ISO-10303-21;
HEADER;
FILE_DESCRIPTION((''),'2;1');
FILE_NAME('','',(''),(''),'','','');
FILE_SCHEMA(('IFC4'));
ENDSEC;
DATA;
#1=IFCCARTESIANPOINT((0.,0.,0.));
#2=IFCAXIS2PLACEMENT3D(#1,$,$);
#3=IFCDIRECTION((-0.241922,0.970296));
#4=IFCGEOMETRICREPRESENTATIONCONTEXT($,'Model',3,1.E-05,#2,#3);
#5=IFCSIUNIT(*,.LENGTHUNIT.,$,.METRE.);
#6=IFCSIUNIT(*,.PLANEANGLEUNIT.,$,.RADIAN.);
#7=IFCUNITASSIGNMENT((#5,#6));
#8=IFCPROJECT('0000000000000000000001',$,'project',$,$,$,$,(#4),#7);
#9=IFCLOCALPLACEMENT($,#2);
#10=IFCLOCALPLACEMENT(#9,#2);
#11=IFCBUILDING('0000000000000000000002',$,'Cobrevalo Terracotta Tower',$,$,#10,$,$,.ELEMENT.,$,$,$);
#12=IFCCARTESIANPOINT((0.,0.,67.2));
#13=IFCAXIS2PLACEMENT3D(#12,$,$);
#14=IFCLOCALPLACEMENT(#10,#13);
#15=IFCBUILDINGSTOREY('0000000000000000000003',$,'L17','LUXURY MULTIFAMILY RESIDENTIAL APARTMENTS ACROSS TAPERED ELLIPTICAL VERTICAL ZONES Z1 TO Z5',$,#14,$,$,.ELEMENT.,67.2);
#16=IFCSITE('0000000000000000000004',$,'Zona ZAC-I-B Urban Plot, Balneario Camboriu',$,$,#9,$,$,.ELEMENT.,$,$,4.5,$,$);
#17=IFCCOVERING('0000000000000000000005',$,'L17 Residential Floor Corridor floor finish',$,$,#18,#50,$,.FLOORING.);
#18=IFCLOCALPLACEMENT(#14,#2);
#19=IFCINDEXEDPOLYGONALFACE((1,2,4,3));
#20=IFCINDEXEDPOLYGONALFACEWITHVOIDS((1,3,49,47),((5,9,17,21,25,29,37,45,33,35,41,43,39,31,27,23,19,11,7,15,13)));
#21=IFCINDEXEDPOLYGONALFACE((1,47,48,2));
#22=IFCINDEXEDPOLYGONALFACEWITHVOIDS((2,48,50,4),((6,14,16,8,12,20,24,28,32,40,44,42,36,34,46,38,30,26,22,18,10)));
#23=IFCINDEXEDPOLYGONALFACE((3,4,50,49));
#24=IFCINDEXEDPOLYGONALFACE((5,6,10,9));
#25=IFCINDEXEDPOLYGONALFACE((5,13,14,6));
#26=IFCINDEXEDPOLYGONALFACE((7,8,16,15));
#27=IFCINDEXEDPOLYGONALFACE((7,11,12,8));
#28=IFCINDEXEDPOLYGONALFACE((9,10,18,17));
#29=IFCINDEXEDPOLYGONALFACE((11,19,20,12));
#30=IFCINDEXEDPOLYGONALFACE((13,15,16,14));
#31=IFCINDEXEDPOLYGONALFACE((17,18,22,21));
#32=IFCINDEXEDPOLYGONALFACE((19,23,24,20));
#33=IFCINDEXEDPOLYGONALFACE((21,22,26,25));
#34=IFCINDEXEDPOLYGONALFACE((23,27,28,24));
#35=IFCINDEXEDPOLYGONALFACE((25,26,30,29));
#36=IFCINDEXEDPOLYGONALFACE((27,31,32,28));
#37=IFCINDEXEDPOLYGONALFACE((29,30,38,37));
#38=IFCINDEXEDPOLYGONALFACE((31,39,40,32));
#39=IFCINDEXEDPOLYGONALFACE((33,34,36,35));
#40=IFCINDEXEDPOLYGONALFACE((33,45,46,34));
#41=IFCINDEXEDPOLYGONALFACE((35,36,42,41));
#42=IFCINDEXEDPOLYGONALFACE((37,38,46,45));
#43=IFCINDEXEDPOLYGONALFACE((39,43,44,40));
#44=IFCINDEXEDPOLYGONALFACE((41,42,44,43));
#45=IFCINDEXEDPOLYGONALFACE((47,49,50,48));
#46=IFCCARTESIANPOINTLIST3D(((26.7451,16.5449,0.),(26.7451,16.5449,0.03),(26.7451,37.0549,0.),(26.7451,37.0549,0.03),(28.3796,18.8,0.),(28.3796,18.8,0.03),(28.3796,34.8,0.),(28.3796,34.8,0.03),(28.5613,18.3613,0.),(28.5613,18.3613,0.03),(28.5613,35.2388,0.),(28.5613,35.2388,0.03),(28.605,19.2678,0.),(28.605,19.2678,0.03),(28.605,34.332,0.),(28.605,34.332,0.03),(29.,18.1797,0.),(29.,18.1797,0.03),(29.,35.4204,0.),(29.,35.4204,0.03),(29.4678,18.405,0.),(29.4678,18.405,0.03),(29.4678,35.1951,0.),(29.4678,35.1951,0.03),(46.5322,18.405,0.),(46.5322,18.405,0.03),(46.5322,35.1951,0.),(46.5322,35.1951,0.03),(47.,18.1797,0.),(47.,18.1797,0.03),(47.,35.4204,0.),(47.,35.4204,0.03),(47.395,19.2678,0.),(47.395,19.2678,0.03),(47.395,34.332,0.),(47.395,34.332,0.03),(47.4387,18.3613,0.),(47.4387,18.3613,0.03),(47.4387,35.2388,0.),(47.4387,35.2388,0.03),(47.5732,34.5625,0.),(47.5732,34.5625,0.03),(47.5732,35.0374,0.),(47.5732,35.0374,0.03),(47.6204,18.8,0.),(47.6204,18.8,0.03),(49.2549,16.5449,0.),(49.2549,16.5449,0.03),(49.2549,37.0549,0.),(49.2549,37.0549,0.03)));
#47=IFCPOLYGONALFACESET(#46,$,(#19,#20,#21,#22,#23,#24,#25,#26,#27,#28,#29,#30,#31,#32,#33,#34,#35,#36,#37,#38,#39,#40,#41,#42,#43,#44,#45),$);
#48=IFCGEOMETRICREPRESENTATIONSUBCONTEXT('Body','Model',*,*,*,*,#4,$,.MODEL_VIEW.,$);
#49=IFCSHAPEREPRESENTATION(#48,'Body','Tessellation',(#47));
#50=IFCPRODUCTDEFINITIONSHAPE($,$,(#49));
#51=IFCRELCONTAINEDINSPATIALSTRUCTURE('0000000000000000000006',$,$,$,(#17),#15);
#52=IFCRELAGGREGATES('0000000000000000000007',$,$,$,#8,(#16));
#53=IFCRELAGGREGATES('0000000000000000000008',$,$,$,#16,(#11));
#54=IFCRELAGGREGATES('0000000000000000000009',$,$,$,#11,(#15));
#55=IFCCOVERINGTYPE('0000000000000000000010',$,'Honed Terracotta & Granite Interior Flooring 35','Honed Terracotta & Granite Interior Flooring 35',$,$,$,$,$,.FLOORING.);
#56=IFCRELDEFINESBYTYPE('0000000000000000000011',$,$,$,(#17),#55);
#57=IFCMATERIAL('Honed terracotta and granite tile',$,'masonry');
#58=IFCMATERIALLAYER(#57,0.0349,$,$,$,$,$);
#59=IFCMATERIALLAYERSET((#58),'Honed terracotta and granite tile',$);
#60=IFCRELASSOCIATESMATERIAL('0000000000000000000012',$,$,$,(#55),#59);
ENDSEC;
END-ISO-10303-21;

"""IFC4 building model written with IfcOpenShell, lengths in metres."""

from ifc_helpers import new_model, si_unit, direction, frame, origin, place, context, subcontext, project, spatial, polyline, outline, extrude, material, layer, layer_set, type_object, element, save


model = new_model("IFC4")

# Units and contexts
model_context = context("Model", 3, precision=1e-05, world=origin(), true_north=direction((-0.241922, 0.970296)))
body_context = subcontext(model_context, "Body", "Model", "MODEL_VIEW")
ifc_project = project(units=[si_unit("LENGTHUNIT", "METRE"), si_unit("PLANEANGLEUNIT", "RADIAN")], contexts=[model_context])

# Site, building, storey
site_placement = place(None, origin())
site = spatial("IfcSite", under=ifc_project, at=site_placement, Name="Zona ZAC-I-B Urban Plot, Balneario Camboriu", CompositionType="ELEMENT", RefElevation=4.5)
building_placement = place(site_placement, origin())
building = spatial("IfcBuilding", under=site, at=building_placement, Name="Cobrevalo Terracotta Tower", CompositionType="ELEMENT")
storey_placement = place(building_placement, frame((0.0, 0.0, 67.2)))
storey = spatial("IfcBuildingStorey", under=building, at=storey_placement, Name="L17", Description="LUXURY MULTIFAMILY RESIDENTIAL APARTMENTS ACROSS TAPERED ELLIPTICAL VERTICAL ZONES Z1 TO Z5", CompositionType="ELEMENT", Elevation=67.2)

# Covering
ifc_material_1 = material(Name="Honed terracotta and granite tile", Category="masonry")
ifc_layer_1 = layer(ifc_material_1, 0.0349)
ifc_layer_set_1 = layer_set([ifc_layer_1], Name="Honed terracotta and granite tile")
covering_type_1 = type_object("IfcCoveringType", Name="Honed Terracotta & Granite Interior Flooring 35", Description="Honed Terracotta & Granite Interior Flooring 35", PredefinedType="FLOORING", material=ifc_layer_set_1)
covering_1_placement = place(storey_placement, origin())
element("IfcCovering", 1, at=covering_1_placement, inside=storey, type_object=covering_type_1, Name="L17 Residential Floor Corridor floor finish", PredefinedType="FLOORING", context=body_context, shape_type="SweptSolid", body=[
    extrude(outline(polyline([(49.2549, 37.0549), (49.2549, 16.5449), (26.7451, 16.5449), (26.7451, 37.0549), (49.2549, 37.0549)]), holes=[polyline([(47.395, 34.332), (47.5732, 34.5625), (47.5732, 35.0374), (47.4387, 35.2388), (47.0, 35.4204), (46.5322, 35.1951), (29.4678, 35.1951), (29.0, 35.4204), (28.5613, 35.2388), (28.3796, 34.8), (28.605, 34.332), (28.605, 19.2678), (28.3796, 18.8), (28.5613, 18.3613), (29.0, 18.1797), (29.4678, 18.405), (46.5322, 18.405), (47.0, 18.1797), (47.4387, 18.3613), (47.6204, 18.8), (47.395, 19.2678), (47.395, 34.332)])]), origin(), (0.0, 0.0, 1.0), 0.03),
])

save(model, "model.ifc")
